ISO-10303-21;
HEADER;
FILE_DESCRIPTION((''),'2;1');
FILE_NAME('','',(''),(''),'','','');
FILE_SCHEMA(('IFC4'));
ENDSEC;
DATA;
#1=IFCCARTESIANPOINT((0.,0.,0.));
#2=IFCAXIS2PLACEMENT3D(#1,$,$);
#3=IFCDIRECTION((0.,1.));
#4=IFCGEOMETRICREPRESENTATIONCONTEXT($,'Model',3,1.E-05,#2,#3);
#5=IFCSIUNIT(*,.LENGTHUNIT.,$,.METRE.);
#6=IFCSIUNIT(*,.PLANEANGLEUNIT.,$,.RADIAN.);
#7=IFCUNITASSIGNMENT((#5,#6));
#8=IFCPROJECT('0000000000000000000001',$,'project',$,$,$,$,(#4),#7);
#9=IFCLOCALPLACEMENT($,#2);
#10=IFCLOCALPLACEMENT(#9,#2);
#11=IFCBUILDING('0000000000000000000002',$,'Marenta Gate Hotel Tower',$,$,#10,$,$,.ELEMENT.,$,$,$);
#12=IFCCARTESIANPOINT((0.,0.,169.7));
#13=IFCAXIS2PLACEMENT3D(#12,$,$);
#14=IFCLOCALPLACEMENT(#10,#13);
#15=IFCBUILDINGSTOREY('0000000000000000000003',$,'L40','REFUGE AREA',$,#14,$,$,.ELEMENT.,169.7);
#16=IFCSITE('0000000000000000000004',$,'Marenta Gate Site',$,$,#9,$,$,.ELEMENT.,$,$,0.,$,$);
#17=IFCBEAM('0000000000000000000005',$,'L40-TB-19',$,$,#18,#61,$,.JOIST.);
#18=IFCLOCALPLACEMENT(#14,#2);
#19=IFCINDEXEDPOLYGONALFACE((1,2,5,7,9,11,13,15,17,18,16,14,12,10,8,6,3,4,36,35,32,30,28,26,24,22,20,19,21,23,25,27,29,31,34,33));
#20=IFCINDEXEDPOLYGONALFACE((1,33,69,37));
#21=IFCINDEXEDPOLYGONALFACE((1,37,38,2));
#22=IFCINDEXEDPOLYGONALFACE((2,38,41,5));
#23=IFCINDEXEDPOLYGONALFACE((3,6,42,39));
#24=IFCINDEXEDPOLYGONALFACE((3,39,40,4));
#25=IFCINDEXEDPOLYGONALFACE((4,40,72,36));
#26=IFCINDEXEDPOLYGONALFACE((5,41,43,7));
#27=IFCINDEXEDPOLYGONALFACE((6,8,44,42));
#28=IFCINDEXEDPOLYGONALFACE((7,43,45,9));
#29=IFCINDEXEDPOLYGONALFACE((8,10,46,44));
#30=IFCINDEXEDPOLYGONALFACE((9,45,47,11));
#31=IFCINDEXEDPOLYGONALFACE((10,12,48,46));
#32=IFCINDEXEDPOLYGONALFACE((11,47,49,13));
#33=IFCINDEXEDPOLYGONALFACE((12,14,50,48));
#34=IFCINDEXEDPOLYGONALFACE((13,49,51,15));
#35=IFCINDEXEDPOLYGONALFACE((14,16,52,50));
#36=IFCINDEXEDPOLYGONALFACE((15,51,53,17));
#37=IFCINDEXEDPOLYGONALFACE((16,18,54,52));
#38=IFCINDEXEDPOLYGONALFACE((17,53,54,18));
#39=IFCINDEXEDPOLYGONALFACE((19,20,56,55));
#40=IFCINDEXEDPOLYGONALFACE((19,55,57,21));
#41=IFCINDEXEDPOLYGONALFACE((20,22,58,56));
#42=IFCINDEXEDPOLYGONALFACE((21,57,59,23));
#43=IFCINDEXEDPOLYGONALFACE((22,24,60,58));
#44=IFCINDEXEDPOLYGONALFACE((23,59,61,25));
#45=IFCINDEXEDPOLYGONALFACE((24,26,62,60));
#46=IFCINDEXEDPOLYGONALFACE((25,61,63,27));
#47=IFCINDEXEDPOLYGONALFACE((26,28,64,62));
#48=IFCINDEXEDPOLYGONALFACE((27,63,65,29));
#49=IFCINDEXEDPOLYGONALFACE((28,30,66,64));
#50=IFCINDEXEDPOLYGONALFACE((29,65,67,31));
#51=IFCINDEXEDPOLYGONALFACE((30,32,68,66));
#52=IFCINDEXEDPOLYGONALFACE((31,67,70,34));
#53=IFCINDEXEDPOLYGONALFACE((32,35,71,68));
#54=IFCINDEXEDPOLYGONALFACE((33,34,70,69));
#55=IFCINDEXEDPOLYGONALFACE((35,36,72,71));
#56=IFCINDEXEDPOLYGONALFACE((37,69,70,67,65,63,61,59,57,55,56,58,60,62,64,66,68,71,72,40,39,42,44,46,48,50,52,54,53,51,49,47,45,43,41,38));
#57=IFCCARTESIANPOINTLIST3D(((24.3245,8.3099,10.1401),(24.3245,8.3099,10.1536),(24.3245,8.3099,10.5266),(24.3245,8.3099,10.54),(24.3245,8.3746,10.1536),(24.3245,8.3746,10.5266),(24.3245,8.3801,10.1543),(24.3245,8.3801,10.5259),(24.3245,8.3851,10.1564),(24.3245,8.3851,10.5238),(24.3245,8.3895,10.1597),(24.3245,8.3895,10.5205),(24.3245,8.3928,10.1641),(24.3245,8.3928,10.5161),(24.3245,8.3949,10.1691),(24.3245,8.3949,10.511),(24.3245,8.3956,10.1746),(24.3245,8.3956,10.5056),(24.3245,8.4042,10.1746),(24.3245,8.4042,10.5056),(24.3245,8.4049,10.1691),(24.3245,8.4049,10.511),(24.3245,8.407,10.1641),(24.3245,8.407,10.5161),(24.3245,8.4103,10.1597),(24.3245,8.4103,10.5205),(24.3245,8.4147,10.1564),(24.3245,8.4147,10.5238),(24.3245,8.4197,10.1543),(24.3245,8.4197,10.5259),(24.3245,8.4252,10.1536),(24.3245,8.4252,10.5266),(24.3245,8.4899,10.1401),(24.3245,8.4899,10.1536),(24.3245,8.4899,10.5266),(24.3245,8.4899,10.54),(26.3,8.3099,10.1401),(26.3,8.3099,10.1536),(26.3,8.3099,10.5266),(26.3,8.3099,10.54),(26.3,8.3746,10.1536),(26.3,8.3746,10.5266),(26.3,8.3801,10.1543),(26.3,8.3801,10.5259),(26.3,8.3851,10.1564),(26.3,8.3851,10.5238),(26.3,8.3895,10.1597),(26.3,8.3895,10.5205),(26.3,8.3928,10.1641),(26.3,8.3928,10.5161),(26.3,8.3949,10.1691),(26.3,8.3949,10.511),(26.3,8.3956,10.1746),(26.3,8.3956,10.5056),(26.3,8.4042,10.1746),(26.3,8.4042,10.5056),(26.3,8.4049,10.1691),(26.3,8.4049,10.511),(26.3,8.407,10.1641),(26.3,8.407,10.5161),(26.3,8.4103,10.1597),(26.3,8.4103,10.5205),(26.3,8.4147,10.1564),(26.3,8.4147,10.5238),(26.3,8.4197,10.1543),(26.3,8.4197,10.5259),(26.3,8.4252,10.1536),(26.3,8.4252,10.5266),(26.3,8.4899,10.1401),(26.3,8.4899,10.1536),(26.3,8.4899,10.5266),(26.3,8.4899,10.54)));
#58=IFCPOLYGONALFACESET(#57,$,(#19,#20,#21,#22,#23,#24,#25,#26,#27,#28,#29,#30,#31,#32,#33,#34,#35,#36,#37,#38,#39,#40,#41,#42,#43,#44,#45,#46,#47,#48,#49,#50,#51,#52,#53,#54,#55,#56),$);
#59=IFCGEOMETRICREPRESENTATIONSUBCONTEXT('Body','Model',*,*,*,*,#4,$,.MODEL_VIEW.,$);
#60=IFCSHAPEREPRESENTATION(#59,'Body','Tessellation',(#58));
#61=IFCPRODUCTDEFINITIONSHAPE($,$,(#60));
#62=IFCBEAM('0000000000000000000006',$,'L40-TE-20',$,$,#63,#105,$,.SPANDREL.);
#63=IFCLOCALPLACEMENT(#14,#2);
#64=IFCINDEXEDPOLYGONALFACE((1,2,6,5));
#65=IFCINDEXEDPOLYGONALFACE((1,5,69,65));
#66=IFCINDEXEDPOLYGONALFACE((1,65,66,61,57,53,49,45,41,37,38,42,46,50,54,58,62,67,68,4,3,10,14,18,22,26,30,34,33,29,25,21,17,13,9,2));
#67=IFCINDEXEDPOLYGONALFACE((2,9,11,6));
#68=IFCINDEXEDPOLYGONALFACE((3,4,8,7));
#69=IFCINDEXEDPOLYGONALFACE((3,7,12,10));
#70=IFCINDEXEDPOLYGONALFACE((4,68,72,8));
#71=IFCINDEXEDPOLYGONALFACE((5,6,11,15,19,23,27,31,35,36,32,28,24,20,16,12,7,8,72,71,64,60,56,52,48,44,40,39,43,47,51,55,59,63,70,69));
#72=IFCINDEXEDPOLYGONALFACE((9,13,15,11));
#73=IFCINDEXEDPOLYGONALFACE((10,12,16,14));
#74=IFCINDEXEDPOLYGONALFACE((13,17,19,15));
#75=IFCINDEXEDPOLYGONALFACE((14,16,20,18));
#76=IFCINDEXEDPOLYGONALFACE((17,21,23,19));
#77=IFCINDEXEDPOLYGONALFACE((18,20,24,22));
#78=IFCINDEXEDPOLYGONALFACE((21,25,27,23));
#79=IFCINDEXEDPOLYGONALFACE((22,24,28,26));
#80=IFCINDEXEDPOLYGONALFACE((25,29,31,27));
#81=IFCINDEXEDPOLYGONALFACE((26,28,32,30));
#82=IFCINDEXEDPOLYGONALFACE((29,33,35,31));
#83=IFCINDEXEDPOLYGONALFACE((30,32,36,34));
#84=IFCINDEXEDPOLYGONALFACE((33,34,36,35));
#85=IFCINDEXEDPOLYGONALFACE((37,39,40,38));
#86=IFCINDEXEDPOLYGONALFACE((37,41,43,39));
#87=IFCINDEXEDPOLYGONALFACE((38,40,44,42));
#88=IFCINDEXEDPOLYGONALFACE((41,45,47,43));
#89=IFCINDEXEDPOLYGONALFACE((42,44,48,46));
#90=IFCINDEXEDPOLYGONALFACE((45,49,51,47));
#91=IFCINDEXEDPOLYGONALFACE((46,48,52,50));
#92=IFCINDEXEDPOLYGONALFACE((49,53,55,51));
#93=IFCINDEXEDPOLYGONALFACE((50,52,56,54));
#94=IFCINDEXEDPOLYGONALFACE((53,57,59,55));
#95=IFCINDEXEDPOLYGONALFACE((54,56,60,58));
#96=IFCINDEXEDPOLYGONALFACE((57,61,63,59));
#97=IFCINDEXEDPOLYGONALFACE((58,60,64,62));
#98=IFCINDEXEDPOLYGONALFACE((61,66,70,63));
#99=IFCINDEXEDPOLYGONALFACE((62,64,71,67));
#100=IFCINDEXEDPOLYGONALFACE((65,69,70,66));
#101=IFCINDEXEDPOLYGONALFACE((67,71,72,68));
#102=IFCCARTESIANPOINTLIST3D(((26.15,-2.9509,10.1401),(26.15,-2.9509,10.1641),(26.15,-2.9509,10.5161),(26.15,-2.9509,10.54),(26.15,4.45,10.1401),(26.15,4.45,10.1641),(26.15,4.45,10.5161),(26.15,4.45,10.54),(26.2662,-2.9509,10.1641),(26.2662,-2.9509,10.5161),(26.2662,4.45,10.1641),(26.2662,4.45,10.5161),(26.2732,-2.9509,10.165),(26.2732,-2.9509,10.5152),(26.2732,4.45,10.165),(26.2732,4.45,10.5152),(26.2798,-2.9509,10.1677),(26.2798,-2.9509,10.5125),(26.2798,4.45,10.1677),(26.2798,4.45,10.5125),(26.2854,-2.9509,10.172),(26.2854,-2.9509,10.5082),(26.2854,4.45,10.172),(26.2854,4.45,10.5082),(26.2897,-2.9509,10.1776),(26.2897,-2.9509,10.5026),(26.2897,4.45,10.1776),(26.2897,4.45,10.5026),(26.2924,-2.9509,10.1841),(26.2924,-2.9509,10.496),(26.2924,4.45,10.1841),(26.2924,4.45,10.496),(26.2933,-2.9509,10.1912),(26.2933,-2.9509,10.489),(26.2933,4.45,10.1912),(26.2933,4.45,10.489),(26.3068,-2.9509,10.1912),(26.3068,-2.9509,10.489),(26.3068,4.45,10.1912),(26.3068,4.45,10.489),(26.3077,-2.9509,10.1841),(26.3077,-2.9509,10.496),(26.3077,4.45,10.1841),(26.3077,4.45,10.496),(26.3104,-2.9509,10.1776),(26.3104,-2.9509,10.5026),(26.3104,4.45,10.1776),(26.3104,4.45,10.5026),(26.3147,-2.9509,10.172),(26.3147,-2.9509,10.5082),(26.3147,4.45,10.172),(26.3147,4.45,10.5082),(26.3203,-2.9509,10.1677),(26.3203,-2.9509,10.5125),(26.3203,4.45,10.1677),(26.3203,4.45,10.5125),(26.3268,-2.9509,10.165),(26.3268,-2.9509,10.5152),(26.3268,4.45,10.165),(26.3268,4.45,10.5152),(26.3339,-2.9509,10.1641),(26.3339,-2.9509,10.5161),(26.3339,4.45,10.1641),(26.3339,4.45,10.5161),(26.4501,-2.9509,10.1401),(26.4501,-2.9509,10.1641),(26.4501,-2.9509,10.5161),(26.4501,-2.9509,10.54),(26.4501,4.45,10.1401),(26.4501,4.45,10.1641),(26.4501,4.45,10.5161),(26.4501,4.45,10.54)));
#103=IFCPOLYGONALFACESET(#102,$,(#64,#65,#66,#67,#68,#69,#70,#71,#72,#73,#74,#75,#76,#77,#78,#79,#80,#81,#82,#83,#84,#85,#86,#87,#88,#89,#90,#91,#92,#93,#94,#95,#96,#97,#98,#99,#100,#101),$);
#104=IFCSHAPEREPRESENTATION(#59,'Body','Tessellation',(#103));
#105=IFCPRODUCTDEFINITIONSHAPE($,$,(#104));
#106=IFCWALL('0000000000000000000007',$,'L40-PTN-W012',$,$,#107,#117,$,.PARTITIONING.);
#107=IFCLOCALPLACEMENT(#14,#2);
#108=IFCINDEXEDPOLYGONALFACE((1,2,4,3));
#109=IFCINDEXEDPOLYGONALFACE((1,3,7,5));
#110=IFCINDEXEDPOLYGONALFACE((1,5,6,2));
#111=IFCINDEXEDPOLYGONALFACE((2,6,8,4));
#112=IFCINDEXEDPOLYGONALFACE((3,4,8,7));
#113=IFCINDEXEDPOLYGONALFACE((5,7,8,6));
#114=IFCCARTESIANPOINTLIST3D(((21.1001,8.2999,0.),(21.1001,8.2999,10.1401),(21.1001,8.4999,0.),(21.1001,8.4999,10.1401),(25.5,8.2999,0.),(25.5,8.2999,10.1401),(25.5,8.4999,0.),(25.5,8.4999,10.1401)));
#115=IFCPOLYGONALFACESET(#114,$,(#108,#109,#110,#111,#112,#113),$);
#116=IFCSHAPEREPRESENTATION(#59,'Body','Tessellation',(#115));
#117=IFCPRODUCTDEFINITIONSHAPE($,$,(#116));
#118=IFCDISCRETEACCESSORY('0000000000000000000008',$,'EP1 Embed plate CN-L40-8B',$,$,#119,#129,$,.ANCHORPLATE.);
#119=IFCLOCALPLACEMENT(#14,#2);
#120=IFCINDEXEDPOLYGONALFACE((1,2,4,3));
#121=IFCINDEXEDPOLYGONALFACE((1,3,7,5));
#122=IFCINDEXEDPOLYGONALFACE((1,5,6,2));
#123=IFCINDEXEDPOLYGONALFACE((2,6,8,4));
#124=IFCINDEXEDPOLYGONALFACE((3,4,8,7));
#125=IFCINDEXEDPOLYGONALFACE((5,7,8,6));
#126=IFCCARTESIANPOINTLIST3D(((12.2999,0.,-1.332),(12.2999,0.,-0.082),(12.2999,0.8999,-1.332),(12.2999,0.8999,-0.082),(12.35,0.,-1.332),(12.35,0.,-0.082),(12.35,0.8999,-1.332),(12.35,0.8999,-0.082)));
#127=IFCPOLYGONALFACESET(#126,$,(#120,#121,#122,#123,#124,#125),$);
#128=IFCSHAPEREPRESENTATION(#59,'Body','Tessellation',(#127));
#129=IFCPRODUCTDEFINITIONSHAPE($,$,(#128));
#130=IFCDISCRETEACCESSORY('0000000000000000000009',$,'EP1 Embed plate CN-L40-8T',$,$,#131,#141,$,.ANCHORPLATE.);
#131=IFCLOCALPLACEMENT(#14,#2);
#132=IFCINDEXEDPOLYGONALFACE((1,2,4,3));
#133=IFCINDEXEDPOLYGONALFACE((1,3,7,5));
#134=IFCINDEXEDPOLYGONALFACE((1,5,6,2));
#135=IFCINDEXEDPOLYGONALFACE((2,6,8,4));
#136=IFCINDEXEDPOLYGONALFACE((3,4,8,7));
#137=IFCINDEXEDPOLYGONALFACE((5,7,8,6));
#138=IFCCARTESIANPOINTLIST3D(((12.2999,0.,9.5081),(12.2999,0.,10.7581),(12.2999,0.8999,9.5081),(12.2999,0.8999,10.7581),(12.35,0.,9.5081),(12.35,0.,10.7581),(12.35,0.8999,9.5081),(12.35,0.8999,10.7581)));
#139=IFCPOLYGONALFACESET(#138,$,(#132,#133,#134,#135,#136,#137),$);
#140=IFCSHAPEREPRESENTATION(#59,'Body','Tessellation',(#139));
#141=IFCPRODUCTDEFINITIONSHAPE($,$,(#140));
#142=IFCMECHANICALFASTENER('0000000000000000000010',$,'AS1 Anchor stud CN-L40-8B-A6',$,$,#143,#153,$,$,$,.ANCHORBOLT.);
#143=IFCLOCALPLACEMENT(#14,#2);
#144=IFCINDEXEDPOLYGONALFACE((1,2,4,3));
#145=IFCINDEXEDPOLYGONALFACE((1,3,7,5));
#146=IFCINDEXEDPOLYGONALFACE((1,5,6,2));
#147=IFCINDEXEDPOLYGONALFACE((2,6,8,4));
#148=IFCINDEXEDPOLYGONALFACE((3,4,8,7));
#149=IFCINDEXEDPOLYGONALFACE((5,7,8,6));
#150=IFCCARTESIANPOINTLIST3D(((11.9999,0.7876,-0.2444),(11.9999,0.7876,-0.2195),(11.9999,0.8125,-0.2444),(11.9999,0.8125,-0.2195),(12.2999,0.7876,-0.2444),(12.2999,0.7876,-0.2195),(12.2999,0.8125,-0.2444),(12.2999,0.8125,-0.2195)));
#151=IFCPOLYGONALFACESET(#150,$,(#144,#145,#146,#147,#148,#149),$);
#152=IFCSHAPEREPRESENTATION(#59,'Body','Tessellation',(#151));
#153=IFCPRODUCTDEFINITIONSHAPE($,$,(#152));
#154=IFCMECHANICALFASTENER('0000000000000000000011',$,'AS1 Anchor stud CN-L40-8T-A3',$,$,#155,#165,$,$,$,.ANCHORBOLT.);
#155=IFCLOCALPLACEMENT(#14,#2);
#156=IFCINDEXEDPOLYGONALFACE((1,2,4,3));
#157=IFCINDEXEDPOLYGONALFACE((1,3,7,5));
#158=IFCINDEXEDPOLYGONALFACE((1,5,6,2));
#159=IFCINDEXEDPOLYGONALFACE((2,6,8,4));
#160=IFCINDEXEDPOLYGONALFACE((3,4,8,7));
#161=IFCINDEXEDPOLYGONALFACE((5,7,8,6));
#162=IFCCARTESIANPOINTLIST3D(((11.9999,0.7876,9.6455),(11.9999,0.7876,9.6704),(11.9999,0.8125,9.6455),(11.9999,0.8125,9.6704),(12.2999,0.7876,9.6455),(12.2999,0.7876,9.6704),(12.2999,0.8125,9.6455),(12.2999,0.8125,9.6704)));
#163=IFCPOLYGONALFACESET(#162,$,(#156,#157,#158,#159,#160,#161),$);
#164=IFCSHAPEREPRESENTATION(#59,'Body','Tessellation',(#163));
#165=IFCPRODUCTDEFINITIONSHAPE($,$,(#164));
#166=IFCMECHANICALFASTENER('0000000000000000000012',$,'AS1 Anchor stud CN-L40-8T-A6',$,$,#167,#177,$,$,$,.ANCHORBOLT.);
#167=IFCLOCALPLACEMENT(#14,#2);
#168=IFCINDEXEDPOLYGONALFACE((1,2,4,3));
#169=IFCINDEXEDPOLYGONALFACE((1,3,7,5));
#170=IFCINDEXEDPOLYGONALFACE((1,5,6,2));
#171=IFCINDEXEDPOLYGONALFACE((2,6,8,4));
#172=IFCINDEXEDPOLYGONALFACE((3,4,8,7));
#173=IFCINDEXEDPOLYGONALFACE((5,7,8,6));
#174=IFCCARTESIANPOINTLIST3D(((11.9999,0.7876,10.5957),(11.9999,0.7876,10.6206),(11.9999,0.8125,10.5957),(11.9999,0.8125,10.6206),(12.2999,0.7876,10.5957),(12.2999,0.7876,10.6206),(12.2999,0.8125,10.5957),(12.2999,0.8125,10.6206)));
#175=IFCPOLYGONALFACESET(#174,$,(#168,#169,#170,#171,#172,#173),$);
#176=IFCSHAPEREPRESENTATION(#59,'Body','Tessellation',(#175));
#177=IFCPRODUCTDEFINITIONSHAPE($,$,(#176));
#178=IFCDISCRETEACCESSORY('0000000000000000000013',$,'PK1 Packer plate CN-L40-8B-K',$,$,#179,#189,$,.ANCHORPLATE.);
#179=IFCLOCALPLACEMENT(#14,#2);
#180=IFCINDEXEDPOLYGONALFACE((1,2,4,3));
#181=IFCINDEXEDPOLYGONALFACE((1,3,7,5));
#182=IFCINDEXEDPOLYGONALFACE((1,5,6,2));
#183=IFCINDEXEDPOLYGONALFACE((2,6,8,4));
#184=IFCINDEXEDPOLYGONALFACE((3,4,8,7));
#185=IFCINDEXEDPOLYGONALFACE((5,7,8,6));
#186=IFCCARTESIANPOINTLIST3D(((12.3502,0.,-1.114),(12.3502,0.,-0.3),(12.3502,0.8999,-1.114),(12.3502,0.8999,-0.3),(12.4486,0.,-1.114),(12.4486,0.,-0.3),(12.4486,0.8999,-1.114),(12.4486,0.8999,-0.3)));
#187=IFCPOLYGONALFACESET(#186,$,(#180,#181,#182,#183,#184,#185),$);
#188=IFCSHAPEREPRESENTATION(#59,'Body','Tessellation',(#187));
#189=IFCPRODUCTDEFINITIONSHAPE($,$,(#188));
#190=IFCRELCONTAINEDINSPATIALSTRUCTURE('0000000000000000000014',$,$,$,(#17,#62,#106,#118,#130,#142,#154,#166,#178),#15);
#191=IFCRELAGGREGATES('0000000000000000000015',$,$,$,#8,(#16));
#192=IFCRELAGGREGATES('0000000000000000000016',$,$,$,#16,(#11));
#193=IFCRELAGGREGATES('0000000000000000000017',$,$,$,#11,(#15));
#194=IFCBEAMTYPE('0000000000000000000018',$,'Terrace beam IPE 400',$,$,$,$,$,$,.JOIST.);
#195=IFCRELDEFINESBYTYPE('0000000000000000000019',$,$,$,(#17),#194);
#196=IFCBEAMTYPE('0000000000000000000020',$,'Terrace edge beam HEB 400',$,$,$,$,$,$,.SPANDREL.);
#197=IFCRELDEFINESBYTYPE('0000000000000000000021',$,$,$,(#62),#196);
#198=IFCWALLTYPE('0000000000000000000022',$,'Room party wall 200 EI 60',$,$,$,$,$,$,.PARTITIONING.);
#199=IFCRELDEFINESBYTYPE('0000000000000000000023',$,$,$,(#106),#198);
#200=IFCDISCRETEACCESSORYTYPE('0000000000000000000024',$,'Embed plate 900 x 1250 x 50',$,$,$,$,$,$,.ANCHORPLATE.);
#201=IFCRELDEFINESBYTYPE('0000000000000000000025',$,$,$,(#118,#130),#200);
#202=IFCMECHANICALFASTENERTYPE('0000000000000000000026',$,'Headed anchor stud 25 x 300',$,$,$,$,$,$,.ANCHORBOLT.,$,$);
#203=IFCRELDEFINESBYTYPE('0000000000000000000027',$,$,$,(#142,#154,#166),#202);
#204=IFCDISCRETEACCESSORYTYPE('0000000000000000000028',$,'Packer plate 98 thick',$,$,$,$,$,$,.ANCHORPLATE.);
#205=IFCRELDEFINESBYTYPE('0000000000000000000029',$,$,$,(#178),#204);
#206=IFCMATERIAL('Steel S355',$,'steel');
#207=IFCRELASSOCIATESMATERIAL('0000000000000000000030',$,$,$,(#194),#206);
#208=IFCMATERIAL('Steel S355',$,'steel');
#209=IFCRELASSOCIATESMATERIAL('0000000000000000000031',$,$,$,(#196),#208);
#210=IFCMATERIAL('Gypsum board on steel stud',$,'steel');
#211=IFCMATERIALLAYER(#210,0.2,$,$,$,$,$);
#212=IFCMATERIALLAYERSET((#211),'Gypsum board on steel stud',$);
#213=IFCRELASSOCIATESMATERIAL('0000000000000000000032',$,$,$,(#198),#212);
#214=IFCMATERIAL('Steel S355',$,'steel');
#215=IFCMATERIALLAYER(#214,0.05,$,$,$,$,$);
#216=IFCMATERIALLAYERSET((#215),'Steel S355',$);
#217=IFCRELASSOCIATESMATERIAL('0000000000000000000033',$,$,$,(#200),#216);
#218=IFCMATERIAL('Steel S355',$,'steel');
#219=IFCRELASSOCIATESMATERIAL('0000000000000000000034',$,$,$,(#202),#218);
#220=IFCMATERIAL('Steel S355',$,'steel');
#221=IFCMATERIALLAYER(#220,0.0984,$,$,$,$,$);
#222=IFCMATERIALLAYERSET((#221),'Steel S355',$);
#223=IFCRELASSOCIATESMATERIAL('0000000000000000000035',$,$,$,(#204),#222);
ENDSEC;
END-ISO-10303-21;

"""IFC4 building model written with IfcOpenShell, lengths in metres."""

from ifc_helpers import new_model, si_unit, direction, frame, frame_2d, origin, origin_2d, place, context, subcontext, project, spatial, rectangle, i_section, extrude, material, layer, layer_set, material_profile, profile_set, type_object, element, save


model = new_model("IFC4")

# Units and contexts
model_context = context("Model", 3, precision=1e-05, world=origin(), true_north=direction((0.0, 1.0)))
body_context = subcontext(model_context, "Body", "Model", "MODEL_VIEW")
ifc_project = project(units=[si_unit("LENGTHUNIT", "METRE"), si_unit("PLANEANGLEUNIT", "RADIAN")], contexts=[model_context])

# Site, building, storey
site_placement = place(None, origin())
site = spatial("IfcSite", under=ifc_project, at=site_placement, Name="Marenta Gate Site", CompositionType="ELEMENT", RefElevation=0.0)
building_placement = place(site_placement, origin())
building = spatial("IfcBuilding", under=site, at=building_placement, Name="Marenta Gate Hotel Tower", CompositionType="ELEMENT")
storey_placement = place(building_placement, frame((0.0, 0.0, 169.7)))
storey = spatial("IfcBuildingStorey", under=building, at=storey_placement, Name="L40", Description="REFUGE AREA", CompositionType="ELEMENT", Elevation=169.7)

# Beams
ifc_material_1 = material(Name="Steel S355", Category="steel")
ifc_material_profile_1 = material_profile(ifc_material_1, i_section(OverallWidth=0.1799, OverallDepth=0.3999, WebThickness=0.0085, FlangeThickness=0.0134, FilletRadius=0.021, at=origin_2d()), Name="IPE 400")
ifc_profile_set_1 = profile_set([ifc_material_profile_1], Name="Steel S355")
beam_type_1 = type_object("IfcBeamType", Name="Terrace beam IPE 400", PredefinedType="JOIST", material=ifc_profile_set_1)
beam_1_placement = place(storey_placement, frame((24.3245, 8.3999, 10.3401), z_axis=(1.0, 0.0, 0.0), x_axis=(0.0, 1.0, 0.0)))
element("IfcBeam", 1, at=beam_1_placement, inside=storey, type_object=beam_type_1, Name="L40-TB-19", PredefinedType="JOIST", context=body_context, shape_type="SweptSolid", body=[
    extrude(i_section(OverallWidth=0.1799, OverallDepth=0.3999, WebThickness=0.0085, FlangeThickness=0.0134, FilletRadius=0.021, at=origin_2d()), origin(), (0.0, 0.0, 1.0), 1.9756),
])
ifc_material_2 = material(Name="Steel S355", Category="steel")
ifc_material_profile_2 = material_profile(ifc_material_2, i_section(OverallWidth=0.3, OverallDepth=0.3999, WebThickness=0.0134, FlangeThickness=0.0239, FilletRadius=0.0271, at=origin_2d()), Name="HEB 400")
ifc_profile_set_2 = profile_set([ifc_material_profile_2], Name="Steel S355")
beam_type_2 = type_object("IfcBeamType", Name="Terrace edge beam HEB 400", PredefinedType="SPANDREL", material=ifc_profile_set_2)
beam_2_placement = place(storey_placement, frame((26.3, 4.45, 10.3401), z_axis=(0.0, -1.0, 0.0), x_axis=(1.0, 0.0, 0.0)))
element("IfcBeam", 2, at=beam_2_placement, inside=storey, type_object=beam_type_2, Name="L40-TE-20", PredefinedType="SPANDREL", context=body_context, shape_type="SweptSolid", body=[
    extrude(i_section(OverallWidth=0.3, OverallDepth=0.3999, WebThickness=0.0134, FlangeThickness=0.0239, FilletRadius=0.0271, at=origin_2d()), origin(), (0.0, 0.0, 1.0), 7.4009),
])

# Wall
ifc_material_3 = material(Name="Gypsum board on steel stud", Category="steel")
ifc_layer_1 = layer(ifc_material_3, 0.2)
ifc_layer_set_1 = layer_set([ifc_layer_1], Name="Gypsum board on steel stud")
wall_type = type_object("IfcWallType", Name="Room party wall 200 EI 60", PredefinedType="PARTITIONING", material=ifc_layer_set_1)
wall_placement = place(storey_placement, frame((21.1001, 8.3999, 0.0), z_axis=(0.0, 0.0, 1.0), x_axis=(1.0, 0.0, 0.0)))
element("IfcWall", 3, at=wall_placement, inside=storey, type_object=wall_type, Name="L40-PTN-W012", PredefinedType="PARTITIONING", context=body_context, shape_type="SweptSolid", body=[
    extrude(rectangle(XDim=4.3999, YDim=0.2, at=frame_2d((2.2, 0.0))), origin(), (0.0, 0.0, 1.0), 10.1401),
])

# Discrete accessories
ifc_material_4 = material(Name="Steel S355", Category="steel")
ifc_layer_2 = layer(ifc_material_4, 0.05)
ifc_layer_set_2 = layer_set([ifc_layer_2], Name="Steel S355")
discrete_accessory_type_1 = type_object("IfcDiscreteAccessoryType", Name="Embed plate 900 x 1250 x 50", PredefinedType="ANCHORPLATE", material=ifc_layer_set_2)
for number, where, z_axis, x_axis, name in (
    (4, (12.325, 0.45, -1.332), (0.0, 0.0, 1.0), (1.0, 0.0, 0.0), "EP1 Embed plate CN-L40-8B"),
    (5, (12.325, 0.45, 9.5081), (0.0, 0.0, 1.0), (1.0, 0.0, 0.0), "EP1 Embed plate CN-L40-8T"),
):
    element("IfcDiscreteAccessory", number, at=place(storey_placement, frame(where, z_axis=z_axis, x_axis=x_axis)), inside=storey, type_object=discrete_accessory_type_1, Name=name, PredefinedType="ANCHORPLATE", context=body_context, shape_type="SweptSolid", body=[
        extrude(rectangle(XDim=0.05, YDim=0.8999, at=origin_2d()), origin(), (0.0, 0.0, 1.0), 1.25),
    ])

# Mechanical fasteners
ifc_material_5 = material(Name="Steel S355", Category="steel")
mechanical_fastener_type = type_object("IfcMechanicalFastenerType", Name="Headed anchor stud 25 x 300", PredefinedType="ANCHORBOLT", material=ifc_material_5)
for number, where, z_axis, x_axis, name in (
    (6, (12.1499, 0.8, -0.2444), (0.0, 0.0, 1.0), (1.0, 0.0, 0.0), "AS1 Anchor stud CN-L40-8B-A6"),
    (7, (12.1499, 0.8, 9.6455), (0.0, 0.0, 1.0), (1.0, 0.0, 0.0), "AS1 Anchor stud CN-L40-8T-A3"),
    (8, (12.1499, 0.8, 10.5957), (0.0, 0.0, 1.0), (1.0, 0.0, 0.0), "AS1 Anchor stud CN-L40-8T-A6"),
):
    element("IfcMechanicalFastener", number, at=place(storey_placement, frame(where, z_axis=z_axis, x_axis=x_axis)), inside=storey, type_object=mechanical_fastener_type, Name=name, PredefinedType="ANCHORBOLT", context=body_context, shape_type="SweptSolid", body=[
        extrude(rectangle(XDim=0.3, YDim=0.0249, at=origin_2d()), origin(), (0.0, 0.0, 1.0), 0.0249),
    ])

# Discrete accessory
ifc_material_6 = material(Name="Steel S355", Category="steel")
ifc_layer_3 = layer(ifc_material_6, 0.0984)
ifc_layer_set_3 = layer_set([ifc_layer_3], Name="Steel S355")
discrete_accessory_type_2 = type_object("IfcDiscreteAccessoryType", Name="Packer plate 98 thick", PredefinedType="ANCHORPLATE", material=ifc_layer_set_3)
for number, where, z_axis, x_axis, name in (
    (9, (12.3994, 0.45, -1.114), (0.0, 0.0, 1.0), (1.0, 0.0, 0.0), "PK1 Packer plate CN-L40-8B-K"),
):
    element("IfcDiscreteAccessory", number, at=place(storey_placement, frame(where, z_axis=z_axis, x_axis=x_axis)), inside=storey, type_object=discrete_accessory_type_2, Name=name, PredefinedType="ANCHORPLATE", context=body_context, shape_type="SweptSolid", body=[
        extrude(rectangle(XDim=0.0984, YDim=0.8999, at=origin_2d()), origin(), (0.0, 0.0, 1.0), 0.814),
    ])

save(model, "model.ifc")
